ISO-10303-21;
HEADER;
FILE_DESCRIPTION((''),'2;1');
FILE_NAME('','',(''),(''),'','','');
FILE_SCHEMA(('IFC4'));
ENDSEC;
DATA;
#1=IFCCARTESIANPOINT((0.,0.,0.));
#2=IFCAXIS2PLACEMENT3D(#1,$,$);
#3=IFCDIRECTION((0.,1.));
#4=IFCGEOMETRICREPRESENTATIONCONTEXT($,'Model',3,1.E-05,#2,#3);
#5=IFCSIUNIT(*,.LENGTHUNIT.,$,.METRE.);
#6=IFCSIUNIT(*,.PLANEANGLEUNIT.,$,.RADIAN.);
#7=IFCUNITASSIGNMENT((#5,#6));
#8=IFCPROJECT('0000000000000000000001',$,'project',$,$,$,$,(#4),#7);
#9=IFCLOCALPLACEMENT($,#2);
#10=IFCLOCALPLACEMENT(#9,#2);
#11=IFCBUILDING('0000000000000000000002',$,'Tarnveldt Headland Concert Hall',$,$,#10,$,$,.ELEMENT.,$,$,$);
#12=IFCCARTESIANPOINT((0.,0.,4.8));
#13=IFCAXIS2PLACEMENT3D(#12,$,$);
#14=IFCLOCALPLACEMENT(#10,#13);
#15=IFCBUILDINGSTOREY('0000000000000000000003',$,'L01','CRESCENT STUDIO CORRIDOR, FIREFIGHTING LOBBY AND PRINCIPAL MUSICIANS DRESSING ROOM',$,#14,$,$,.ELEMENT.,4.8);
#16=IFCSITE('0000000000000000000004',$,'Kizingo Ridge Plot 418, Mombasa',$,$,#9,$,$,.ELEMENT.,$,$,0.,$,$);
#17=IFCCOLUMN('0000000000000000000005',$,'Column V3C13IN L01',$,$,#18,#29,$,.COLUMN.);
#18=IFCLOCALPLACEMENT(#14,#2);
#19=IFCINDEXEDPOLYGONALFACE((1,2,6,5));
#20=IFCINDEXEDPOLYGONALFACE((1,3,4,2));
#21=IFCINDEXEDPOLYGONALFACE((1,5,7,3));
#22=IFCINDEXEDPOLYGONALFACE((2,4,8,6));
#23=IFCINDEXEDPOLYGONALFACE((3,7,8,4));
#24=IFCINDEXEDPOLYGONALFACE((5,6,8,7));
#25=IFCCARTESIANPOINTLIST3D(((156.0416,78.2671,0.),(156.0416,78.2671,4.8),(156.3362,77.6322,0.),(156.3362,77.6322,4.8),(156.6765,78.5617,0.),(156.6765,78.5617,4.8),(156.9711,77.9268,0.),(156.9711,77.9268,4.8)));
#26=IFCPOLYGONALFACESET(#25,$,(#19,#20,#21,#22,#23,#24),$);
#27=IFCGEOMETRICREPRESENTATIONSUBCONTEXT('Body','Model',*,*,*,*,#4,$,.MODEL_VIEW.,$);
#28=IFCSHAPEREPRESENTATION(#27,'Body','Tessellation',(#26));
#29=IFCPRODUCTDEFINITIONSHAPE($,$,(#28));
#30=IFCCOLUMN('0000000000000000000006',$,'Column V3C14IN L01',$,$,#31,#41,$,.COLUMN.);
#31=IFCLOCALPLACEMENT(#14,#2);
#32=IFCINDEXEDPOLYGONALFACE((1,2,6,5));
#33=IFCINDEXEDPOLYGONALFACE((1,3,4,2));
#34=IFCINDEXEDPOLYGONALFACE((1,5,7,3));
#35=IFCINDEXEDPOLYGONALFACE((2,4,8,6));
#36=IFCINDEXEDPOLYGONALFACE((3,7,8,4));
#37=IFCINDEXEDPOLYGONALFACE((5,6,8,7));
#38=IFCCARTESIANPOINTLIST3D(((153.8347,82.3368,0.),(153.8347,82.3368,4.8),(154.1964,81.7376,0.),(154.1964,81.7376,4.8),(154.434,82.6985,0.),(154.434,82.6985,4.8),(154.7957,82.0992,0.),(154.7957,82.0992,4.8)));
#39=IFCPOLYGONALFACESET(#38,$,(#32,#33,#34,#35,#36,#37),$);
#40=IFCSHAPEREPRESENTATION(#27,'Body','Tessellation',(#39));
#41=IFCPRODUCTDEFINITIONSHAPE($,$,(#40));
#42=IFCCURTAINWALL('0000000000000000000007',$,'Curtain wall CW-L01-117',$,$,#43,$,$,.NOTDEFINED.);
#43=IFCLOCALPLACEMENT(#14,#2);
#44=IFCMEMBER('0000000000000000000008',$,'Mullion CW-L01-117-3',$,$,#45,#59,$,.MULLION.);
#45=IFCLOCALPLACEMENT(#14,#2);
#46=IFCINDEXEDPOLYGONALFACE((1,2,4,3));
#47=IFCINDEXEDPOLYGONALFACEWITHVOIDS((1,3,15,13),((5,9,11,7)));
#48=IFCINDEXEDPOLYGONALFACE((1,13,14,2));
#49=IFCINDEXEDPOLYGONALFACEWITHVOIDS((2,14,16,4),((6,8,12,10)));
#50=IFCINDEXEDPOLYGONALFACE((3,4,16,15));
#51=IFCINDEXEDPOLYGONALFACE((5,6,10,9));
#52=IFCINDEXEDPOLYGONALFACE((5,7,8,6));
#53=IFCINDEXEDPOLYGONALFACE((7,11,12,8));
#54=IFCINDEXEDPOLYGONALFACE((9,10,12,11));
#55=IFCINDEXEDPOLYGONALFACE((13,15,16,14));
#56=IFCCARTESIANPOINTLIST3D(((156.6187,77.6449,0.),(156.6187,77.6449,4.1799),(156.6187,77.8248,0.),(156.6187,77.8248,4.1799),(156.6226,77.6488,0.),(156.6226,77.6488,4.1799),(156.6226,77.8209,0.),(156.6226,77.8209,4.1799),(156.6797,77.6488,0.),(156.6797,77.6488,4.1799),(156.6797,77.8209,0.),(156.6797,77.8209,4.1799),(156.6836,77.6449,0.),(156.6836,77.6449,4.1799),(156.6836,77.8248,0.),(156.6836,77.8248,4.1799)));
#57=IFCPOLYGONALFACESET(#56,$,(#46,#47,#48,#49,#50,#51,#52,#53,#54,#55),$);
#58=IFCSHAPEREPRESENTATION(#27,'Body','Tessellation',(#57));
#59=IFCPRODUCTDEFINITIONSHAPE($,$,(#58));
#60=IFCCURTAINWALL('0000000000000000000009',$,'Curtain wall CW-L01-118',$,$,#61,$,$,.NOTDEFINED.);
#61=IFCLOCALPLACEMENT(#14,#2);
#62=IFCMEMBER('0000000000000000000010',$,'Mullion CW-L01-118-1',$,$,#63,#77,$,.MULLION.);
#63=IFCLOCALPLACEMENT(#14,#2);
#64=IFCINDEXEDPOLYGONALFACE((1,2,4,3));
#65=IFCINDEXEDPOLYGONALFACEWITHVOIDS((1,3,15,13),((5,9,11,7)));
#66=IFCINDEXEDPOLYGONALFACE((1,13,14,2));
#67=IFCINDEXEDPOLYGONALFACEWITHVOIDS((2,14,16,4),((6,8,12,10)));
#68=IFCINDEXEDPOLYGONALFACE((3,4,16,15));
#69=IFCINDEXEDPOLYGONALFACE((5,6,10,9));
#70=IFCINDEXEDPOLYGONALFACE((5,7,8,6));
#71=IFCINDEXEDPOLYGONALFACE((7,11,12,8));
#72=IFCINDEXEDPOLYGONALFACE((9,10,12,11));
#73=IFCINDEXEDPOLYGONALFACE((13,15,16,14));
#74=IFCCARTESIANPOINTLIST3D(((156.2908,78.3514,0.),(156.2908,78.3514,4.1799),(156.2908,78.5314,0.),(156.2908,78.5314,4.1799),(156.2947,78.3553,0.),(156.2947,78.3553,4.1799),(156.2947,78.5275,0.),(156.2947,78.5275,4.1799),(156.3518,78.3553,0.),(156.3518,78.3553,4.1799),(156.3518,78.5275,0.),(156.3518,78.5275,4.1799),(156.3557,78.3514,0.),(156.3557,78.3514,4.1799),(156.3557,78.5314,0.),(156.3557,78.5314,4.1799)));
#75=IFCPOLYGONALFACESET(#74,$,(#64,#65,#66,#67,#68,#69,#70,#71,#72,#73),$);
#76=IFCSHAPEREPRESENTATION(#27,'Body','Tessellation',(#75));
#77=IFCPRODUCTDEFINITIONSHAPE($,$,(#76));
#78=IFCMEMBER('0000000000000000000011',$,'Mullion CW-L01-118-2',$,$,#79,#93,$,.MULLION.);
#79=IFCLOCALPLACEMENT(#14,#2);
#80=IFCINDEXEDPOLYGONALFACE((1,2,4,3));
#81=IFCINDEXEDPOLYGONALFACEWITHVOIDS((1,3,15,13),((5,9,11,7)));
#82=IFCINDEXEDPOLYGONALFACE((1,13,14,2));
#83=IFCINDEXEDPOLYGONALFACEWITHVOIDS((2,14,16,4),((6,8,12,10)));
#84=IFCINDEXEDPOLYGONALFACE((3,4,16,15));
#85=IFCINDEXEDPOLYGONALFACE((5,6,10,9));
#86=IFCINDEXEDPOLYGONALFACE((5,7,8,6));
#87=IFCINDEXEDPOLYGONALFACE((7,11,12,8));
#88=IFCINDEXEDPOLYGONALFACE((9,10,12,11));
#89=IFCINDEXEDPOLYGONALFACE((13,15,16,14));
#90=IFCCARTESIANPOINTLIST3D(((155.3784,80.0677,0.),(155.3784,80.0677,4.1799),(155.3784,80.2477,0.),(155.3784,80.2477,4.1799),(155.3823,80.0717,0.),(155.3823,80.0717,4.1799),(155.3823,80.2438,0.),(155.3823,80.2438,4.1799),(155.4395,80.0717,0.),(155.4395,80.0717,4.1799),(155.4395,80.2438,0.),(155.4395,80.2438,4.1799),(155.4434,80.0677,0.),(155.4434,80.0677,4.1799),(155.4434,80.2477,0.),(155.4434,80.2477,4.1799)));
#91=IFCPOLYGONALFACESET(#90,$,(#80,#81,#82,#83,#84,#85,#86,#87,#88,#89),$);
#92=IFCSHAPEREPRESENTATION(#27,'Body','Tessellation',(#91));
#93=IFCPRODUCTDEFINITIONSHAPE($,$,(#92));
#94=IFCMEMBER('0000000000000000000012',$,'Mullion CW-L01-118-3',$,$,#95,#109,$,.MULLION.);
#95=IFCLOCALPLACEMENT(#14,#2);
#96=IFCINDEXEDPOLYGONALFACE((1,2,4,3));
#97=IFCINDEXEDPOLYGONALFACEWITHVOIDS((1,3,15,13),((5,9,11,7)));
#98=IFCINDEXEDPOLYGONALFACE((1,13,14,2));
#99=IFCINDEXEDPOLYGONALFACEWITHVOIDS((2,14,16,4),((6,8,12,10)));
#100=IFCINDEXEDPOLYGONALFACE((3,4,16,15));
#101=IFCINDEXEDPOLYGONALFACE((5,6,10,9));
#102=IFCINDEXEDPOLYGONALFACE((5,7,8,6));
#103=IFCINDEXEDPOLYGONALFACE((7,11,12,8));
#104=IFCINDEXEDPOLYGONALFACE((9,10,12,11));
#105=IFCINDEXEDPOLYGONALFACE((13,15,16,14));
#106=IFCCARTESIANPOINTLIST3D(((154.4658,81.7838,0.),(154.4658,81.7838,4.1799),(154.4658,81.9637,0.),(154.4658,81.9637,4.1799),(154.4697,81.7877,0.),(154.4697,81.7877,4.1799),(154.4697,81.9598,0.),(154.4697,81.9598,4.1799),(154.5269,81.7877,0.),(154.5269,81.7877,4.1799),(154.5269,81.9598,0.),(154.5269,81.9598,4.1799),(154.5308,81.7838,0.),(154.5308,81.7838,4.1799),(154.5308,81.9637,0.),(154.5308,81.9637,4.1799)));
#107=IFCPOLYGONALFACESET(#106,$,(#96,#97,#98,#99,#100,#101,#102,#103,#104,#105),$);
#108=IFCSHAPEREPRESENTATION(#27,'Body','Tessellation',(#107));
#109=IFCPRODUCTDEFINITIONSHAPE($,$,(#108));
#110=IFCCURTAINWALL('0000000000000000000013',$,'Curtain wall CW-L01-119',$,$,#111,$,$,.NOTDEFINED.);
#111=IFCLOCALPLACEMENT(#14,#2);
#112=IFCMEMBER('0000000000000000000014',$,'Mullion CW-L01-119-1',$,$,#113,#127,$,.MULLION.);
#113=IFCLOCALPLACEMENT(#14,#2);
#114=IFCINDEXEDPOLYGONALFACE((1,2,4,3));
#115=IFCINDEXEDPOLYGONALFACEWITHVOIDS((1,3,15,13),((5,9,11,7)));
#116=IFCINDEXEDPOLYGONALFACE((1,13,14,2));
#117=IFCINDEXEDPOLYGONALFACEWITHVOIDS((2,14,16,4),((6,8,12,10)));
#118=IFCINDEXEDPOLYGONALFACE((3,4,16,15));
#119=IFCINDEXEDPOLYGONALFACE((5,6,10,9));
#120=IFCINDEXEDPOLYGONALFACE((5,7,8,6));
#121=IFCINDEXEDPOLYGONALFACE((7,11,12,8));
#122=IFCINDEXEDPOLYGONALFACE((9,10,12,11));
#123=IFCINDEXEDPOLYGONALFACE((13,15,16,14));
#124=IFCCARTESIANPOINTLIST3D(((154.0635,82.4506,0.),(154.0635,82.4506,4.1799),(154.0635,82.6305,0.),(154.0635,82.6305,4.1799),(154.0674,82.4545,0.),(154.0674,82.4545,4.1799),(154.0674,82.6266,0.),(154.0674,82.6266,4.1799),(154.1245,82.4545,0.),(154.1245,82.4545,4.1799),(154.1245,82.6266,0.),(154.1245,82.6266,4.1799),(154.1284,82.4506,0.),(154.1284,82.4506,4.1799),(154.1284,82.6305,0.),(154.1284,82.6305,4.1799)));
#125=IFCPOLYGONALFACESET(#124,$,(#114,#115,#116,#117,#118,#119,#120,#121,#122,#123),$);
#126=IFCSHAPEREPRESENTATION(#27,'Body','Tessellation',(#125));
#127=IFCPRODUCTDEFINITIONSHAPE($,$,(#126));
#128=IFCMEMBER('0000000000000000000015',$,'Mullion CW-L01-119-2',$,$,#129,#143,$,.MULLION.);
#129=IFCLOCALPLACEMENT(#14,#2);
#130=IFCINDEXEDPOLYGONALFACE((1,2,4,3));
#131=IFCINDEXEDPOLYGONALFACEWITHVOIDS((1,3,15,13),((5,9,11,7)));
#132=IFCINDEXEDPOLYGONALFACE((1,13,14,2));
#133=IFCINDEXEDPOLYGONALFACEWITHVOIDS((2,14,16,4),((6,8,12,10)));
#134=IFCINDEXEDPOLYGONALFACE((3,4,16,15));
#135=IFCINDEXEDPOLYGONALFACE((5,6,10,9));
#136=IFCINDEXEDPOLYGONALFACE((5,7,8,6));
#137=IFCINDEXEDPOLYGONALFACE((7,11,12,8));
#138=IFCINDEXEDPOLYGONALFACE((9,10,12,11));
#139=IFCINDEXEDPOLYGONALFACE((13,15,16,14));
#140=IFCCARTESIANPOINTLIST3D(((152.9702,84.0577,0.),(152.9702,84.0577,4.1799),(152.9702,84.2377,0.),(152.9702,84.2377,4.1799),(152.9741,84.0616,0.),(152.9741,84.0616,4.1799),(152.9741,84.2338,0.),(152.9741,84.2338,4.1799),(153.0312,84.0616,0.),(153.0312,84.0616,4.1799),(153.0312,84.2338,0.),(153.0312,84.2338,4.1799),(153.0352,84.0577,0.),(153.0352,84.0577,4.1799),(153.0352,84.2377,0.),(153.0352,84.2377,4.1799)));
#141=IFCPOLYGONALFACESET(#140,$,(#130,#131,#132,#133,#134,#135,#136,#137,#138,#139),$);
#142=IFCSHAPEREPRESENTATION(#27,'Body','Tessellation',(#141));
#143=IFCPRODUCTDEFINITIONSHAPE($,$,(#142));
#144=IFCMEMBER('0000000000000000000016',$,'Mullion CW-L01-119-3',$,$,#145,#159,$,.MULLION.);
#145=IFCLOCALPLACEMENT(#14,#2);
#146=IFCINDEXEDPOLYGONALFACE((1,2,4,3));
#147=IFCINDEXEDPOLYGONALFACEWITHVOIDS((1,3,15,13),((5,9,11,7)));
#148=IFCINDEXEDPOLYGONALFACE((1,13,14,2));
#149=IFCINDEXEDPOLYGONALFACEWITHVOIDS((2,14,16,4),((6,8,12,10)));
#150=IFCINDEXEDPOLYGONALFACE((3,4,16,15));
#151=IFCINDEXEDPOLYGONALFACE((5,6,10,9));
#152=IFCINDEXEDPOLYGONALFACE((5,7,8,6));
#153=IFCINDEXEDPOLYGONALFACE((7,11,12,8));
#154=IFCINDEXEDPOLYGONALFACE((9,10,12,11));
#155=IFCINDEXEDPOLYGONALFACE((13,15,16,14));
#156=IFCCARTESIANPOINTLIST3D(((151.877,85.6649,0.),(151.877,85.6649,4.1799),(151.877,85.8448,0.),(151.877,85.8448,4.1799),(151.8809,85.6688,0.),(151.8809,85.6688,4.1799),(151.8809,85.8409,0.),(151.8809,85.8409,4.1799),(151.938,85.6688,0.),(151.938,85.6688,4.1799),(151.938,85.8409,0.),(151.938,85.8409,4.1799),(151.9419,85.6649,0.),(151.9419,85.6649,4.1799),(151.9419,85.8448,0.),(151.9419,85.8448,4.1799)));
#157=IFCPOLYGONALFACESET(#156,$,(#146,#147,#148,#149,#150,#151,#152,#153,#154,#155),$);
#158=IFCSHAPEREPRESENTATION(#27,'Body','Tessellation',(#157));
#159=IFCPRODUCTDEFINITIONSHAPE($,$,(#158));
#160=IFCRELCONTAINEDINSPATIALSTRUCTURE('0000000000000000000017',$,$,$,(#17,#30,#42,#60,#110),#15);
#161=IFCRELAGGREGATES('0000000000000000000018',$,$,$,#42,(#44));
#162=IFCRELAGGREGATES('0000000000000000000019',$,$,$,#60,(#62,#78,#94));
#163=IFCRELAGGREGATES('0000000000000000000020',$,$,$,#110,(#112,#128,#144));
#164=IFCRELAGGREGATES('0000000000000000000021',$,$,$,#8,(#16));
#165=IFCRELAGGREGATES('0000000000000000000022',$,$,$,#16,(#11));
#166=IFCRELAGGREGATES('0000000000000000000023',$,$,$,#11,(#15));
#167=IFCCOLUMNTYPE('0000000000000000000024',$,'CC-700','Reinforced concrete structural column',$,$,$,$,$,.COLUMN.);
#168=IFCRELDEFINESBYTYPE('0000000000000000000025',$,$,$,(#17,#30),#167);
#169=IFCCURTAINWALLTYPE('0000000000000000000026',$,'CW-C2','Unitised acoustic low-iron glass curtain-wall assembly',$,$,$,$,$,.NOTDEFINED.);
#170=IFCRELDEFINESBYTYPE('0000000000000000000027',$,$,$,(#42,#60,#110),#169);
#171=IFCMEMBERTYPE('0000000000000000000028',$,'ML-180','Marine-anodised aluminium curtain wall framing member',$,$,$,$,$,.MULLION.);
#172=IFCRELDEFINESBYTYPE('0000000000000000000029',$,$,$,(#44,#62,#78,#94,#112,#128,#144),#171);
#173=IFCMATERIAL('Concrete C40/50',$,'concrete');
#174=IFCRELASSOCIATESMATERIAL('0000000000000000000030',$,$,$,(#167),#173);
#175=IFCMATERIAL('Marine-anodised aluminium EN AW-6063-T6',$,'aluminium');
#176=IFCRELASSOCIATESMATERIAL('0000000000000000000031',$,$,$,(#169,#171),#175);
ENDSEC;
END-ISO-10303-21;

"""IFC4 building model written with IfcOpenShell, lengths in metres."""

from ifc_helpers import new_model, si_unit, direction, frame, origin, origin_2d, place, context, subcontext, project, spatial, rectangle, hollow_rectangle, extrude, material, material_profile, profile_set, type_object, element, aggregate, save


model = new_model("IFC4")

# Units and contexts
model_context = context("Model", 3, precision=1e-05, world=origin(), true_north=direction((0.0, 1.0)))
body_context = subcontext(model_context, "Body", "Model", "MODEL_VIEW")
ifc_project = project(units=[si_unit("LENGTHUNIT", "METRE"), si_unit("PLANEANGLEUNIT", "RADIAN")], contexts=[model_context])

# Site, building, storey
site_placement = place(None, origin())
site = spatial("IfcSite", under=ifc_project, at=site_placement, Name="Kizingo Ridge Plot 418, Mombasa", CompositionType="ELEMENT", RefElevation=0.0)
building_placement = place(site_placement, origin())
building = spatial("IfcBuilding", under=site, at=building_placement, Name="Tarnveldt Headland Concert Hall", CompositionType="ELEMENT")
storey_placement = place(building_placement, frame((0.0, 0.0, 4.8)))
storey = spatial("IfcBuildingStorey", under=building, at=storey_placement, Name="L01", Description="CRESCENT STUDIO CORRIDOR, FIREFIGHTING LOBBY AND PRINCIPAL MUSICIANS DRESSING ROOM", CompositionType="ELEMENT", Elevation=4.8)

# Columns
ifc_material_1 = material(Name="Concrete C40/50", Category="concrete")
ifc_material_profile_1 = material_profile(ifc_material_1, rectangle(XDim=0.7, YDim=0.7, at=origin_2d()), Name="RC 700x700", Category="concrete")
ifc_profile_set_1 = profile_set([ifc_material_profile_1], Name="Concrete C40/50")
column_type = type_object("IfcColumnType", Name="CC-700", Description="Reinforced concrete structural column", PredefinedType="COLUMN", material=ifc_profile_set_1)
for number, where, z_axis, x_axis, name in (
    (1, (156.5063, 78.0969, 0.0), (0.0, 0.0, 1.0), (0.907117, 0.420877, 0.0), "Column V3C13IN L01"),
    (2, (154.3152, 82.218, 0.0), (0.0, 0.0, 1.0), (0.856177, 0.516683, 0.0), "Column V3C14IN L01"),
):
    element("IfcColumn", number, at=place(storey_placement, frame(where, z_axis=z_axis, x_axis=x_axis)), inside=storey, type_object=column_type, Name=name, PredefinedType="COLUMN", context=body_context, shape_type="SweptSolid", body=[
        extrude(rectangle(XDim=0.7, YDim=0.7, at=origin_2d()), origin(), (0.0, 0.0, 1.0), 4.8),
    ])

# Curtain wall, member
ifc_material_2 = material(Name="Marine-anodised aluminium EN AW-6063-T6", Category="aluminium")
curtain_wall_type = type_object("IfcCurtainWallType", Name="CW-C2", Description="Unitised acoustic low-iron glass curtain-wall assembly", PredefinedType="NOTDEFINED", material=ifc_material_2)
curtain_wall_1_placement = place(storey_placement, origin())
curtain_wall_1 = element("IfcCurtainWall", 3, at=curtain_wall_1_placement, inside=storey, type_object=curtain_wall_type, Name="Curtain wall CW-L01-117", PredefinedType="NOTDEFINED")
ifc_material_profile_2 = material_profile(ifc_material_2, hollow_rectangle(XDim=0.0649, YDim=0.1799, WallThickness=0.0039, at=origin_2d()), Name="ALU MULLION 65x180x4", Category="aluminium")
ifc_profile_set_2 = profile_set([ifc_material_profile_2], Name="Marine-anodised aluminium EN AW-6063-T6")
member_type_1 = type_object("IfcMemberType", Name="ML-180", Description="Marine-anodised aluminium curtain wall framing member", PredefinedType="MULLION", material=ifc_profile_set_2)
member_1_placement = place(storey_placement, frame((156.6511, 77.7349, 0.0), z_axis=(0.0, 0.0, 1.0), x_axis=(1.0, 0.0, 0.0)))
member_1 = element("IfcMember", 4, at=member_1_placement, type_object=member_type_1, Name="Mullion CW-L01-117-3", PredefinedType="MULLION", context=body_context, shape_type="SweptSolid", body=[
    extrude(hollow_rectangle(XDim=0.0649, YDim=0.1799, WallThickness=0.0039, at=origin_2d()), origin(), (0.0, 0.0, 1.0), 4.1799),
])
aggregate(curtain_wall_1, [member_1])

# Curtain walls, members
curtain_wall_2_placement = place(storey_placement, origin())
curtain_wall_2 = element("IfcCurtainWall", 5, at=curtain_wall_2_placement, inside=storey, type_object=curtain_wall_type, Name="Curtain wall CW-L01-118", PredefinedType="NOTDEFINED")
member_2_placement = place(storey_placement, frame((156.3232, 78.4414, 0.0), z_axis=(0.0, 0.0, 1.0), x_axis=(1.0, 0.0, 0.0)))
member_2 = element("IfcMember", 6, at=member_2_placement, type_object=member_type_1, Name="Mullion CW-L01-118-1", PredefinedType="MULLION", context=body_context, shape_type="SweptSolid", body=[
    extrude(hollow_rectangle(XDim=0.0649, YDim=0.1799, WallThickness=0.0039, at=origin_2d()), origin(), (0.0, 0.0, 1.0), 4.1799),
])
member_3_placement = place(storey_placement, frame((155.4109, 80.1577, 0.0), z_axis=(0.0, 0.0, 1.0), x_axis=(1.0, 0.0, 0.0)))
member_3 = element("IfcMember", 7, at=member_3_placement, type_object=member_type_1, Name="Mullion CW-L01-118-2", PredefinedType="MULLION", context=body_context, shape_type="SweptSolid", body=[
    extrude(hollow_rectangle(XDim=0.0649, YDim=0.1799, WallThickness=0.0039, at=origin_2d()), origin(), (0.0, 0.0, 1.0), 4.1799),
])
member_4_placement = place(storey_placement, frame((154.4983, 81.8738, 0.0), z_axis=(0.0, 0.0, 1.0), x_axis=(1.0, 0.0, 0.0)))
member_4 = element("IfcMember", 8, at=member_4_placement, type_object=member_type_1, Name="Mullion CW-L01-118-3", PredefinedType="MULLION", context=body_context, shape_type="SweptSolid", body=[
    extrude(hollow_rectangle(XDim=0.0649, YDim=0.1799, WallThickness=0.0039, at=origin_2d()), origin(), (0.0, 0.0, 1.0), 4.1799),
])
curtain_wall_3_placement = place(storey_placement, origin())
curtain_wall_3 = element("IfcCurtainWall", 9, at=curtain_wall_3_placement, inside=storey, type_object=curtain_wall_type, Name="Curtain wall CW-L01-119", PredefinedType="NOTDEFINED")
member_5_placement = place(storey_placement, frame((154.0959, 82.5405, 0.0), z_axis=(0.0, 0.0, 1.0), x_axis=(1.0, 0.0, 0.0)))
member_5 = element("IfcMember", 10, at=member_5_placement, type_object=member_type_1, Name="Mullion CW-L01-119-1", PredefinedType="MULLION", context=body_context, shape_type="SweptSolid", body=[
    extrude(hollow_rectangle(XDim=0.0649, YDim=0.1799, WallThickness=0.0039, at=origin_2d()), origin(), (0.0, 0.0, 1.0), 4.1799),
])
member_6_placement = place(storey_placement, frame((153.0027, 84.1477, 0.0), z_axis=(0.0, 0.0, 1.0), x_axis=(1.0, 0.0, 0.0)))
member_6 = element("IfcMember", 11, at=member_6_placement, type_object=member_type_1, Name="Mullion CW-L01-119-2", PredefinedType="MULLION", context=body_context, shape_type="SweptSolid", body=[
    extrude(hollow_rectangle(XDim=0.0649, YDim=0.1799, WallThickness=0.0039, at=origin_2d()), origin(), (0.0, 0.0, 1.0), 4.1799),
])
member_7_placement = place(storey_placement, frame((151.9094, 85.7549, 0.0), z_axis=(0.0, 0.0, 1.0), x_axis=(1.0, 0.0, 0.0)))
member_7 = element("IfcMember", 12, at=member_7_placement, type_object=member_type_1, Name="Mullion CW-L01-119-3", PredefinedType="MULLION", context=body_context, shape_type="SweptSolid", body=[
    extrude(hollow_rectangle(XDim=0.0649, YDim=0.1799, WallThickness=0.0039, at=origin_2d()), origin(), (0.0, 0.0, 1.0), 4.1799),
])

aggregate(curtain_wall_2, [member_2, member_3, member_4])
aggregate(curtain_wall_3, [member_5, member_6, member_7])

save(model, "model.ifc")
